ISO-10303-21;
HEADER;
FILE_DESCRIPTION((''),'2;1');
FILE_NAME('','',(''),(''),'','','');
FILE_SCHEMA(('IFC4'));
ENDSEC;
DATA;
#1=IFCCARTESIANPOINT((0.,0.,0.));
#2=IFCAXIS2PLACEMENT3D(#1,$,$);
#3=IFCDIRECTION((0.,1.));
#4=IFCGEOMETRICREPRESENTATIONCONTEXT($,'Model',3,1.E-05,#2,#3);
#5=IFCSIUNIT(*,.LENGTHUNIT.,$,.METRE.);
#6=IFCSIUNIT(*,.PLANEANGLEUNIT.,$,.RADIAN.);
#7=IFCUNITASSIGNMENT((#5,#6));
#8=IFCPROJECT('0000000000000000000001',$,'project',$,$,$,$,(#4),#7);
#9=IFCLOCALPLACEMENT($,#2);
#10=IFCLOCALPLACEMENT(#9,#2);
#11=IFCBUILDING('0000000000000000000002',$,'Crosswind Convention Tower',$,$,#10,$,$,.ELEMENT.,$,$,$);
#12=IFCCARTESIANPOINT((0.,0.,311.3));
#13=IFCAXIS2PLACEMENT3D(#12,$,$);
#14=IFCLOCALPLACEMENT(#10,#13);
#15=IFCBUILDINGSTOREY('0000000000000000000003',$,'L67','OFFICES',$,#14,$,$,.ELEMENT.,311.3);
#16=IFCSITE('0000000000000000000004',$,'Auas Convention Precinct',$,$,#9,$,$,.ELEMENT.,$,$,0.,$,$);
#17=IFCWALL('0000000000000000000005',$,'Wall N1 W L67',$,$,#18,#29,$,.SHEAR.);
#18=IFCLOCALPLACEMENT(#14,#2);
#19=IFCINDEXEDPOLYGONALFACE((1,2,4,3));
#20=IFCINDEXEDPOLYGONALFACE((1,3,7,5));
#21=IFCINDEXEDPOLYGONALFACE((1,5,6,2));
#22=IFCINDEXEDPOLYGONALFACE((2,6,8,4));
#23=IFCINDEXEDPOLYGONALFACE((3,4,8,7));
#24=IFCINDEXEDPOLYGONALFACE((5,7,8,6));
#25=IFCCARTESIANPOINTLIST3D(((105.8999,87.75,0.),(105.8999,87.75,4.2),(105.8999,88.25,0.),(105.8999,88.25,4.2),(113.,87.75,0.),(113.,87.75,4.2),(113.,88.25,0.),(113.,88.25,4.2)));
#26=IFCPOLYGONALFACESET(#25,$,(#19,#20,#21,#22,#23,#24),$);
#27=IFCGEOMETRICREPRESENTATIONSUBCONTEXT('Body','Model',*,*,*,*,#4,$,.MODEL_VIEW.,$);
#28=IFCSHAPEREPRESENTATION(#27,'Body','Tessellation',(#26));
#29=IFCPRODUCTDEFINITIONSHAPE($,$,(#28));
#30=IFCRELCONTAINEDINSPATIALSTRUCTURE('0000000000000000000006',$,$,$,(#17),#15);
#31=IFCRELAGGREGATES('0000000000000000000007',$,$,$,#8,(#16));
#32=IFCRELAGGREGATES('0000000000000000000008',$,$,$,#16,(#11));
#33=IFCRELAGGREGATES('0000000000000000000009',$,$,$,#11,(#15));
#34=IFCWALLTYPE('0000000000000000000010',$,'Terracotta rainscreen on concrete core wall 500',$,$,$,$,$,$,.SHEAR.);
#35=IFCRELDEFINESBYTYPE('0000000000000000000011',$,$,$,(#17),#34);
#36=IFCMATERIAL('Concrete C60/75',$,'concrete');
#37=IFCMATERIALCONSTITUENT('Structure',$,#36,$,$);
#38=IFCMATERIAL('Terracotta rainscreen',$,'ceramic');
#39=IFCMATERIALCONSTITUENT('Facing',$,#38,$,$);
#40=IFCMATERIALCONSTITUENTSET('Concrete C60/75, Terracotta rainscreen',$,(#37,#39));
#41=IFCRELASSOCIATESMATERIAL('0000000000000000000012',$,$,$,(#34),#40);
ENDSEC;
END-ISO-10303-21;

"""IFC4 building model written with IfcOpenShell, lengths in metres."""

from ifc_helpers import new_model, si_unit, direction, frame, frame_2d, origin, place, context, subcontext, project, spatial, rectangle, extrude, material, constituent, constituent_set, type_object, element, save


model = new_model("IFC4")

# Units and contexts
model_context = context("Model", 3, precision=1e-05, world=origin(), true_north=direction((0.0, 1.0)))
body_context = subcontext(model_context, "Body", "Model", "MODEL_VIEW")
ifc_project = project(units=[si_unit("LENGTHUNIT", "METRE"), si_unit("PLANEANGLEUNIT", "RADIAN")], contexts=[model_context])

# Site, building, storey
site_placement = place(None, origin())
site = spatial("IfcSite", under=ifc_project, at=site_placement, Name="Auas Convention Precinct", CompositionType="ELEMENT", RefElevation=0.0)
building_placement = place(site_placement, origin())
building = spatial("IfcBuilding", under=site, at=building_placement, Name="Crosswind Convention Tower", CompositionType="ELEMENT")
storey_placement = place(building_placement, frame((0.0, 0.0, 311.3)))
storey = spatial("IfcBuildingStorey", under=building, at=storey_placement, Name="L67", Description="OFFICES", CompositionType="ELEMENT", Elevation=311.3)

# Shared definitions
ifc_material_1 = material(Name="Concrete C60/75", Category="concrete")

# Wall
ifc_constituent_1 = constituent(ifc_material_1, Name="Structure")
ifc_material_2 = material(Name="Terracotta rainscreen", Category="ceramic")
ifc_constituent_2 = constituent(ifc_material_2, Name="Facing")
ifc_constituent_set = constituent_set(constituents=[ifc_constituent_1, ifc_constituent_2], Name="Concrete C60/75, Terracotta rainscreen")
wall_type_1 = type_object("IfcWallType", Name="Terracotta rainscreen on concrete core wall 500", PredefinedType="SHEAR", material=ifc_constituent_set)
wall_1_placement = place(storey_placement, frame((113.0, 88.0, 0.0), z_axis=(0.0, 0.0, 1.0), x_axis=(-1.0, 0.0, 0.0)))
element("IfcWall", 1, at=wall_1_placement, inside=storey, type_object=wall_type_1, Name="Wall N1 W L67", PredefinedType="SHEAR", context=body_context, shape_type="SweptSolid", body=[
    extrude(rectangle(XDim=7.1001, YDim=0.5, at=frame_2d((3.55, 0.0))), origin(), (0.0, 0.0, 1.0), 4.2),
])

save(model, "model.ifc")
